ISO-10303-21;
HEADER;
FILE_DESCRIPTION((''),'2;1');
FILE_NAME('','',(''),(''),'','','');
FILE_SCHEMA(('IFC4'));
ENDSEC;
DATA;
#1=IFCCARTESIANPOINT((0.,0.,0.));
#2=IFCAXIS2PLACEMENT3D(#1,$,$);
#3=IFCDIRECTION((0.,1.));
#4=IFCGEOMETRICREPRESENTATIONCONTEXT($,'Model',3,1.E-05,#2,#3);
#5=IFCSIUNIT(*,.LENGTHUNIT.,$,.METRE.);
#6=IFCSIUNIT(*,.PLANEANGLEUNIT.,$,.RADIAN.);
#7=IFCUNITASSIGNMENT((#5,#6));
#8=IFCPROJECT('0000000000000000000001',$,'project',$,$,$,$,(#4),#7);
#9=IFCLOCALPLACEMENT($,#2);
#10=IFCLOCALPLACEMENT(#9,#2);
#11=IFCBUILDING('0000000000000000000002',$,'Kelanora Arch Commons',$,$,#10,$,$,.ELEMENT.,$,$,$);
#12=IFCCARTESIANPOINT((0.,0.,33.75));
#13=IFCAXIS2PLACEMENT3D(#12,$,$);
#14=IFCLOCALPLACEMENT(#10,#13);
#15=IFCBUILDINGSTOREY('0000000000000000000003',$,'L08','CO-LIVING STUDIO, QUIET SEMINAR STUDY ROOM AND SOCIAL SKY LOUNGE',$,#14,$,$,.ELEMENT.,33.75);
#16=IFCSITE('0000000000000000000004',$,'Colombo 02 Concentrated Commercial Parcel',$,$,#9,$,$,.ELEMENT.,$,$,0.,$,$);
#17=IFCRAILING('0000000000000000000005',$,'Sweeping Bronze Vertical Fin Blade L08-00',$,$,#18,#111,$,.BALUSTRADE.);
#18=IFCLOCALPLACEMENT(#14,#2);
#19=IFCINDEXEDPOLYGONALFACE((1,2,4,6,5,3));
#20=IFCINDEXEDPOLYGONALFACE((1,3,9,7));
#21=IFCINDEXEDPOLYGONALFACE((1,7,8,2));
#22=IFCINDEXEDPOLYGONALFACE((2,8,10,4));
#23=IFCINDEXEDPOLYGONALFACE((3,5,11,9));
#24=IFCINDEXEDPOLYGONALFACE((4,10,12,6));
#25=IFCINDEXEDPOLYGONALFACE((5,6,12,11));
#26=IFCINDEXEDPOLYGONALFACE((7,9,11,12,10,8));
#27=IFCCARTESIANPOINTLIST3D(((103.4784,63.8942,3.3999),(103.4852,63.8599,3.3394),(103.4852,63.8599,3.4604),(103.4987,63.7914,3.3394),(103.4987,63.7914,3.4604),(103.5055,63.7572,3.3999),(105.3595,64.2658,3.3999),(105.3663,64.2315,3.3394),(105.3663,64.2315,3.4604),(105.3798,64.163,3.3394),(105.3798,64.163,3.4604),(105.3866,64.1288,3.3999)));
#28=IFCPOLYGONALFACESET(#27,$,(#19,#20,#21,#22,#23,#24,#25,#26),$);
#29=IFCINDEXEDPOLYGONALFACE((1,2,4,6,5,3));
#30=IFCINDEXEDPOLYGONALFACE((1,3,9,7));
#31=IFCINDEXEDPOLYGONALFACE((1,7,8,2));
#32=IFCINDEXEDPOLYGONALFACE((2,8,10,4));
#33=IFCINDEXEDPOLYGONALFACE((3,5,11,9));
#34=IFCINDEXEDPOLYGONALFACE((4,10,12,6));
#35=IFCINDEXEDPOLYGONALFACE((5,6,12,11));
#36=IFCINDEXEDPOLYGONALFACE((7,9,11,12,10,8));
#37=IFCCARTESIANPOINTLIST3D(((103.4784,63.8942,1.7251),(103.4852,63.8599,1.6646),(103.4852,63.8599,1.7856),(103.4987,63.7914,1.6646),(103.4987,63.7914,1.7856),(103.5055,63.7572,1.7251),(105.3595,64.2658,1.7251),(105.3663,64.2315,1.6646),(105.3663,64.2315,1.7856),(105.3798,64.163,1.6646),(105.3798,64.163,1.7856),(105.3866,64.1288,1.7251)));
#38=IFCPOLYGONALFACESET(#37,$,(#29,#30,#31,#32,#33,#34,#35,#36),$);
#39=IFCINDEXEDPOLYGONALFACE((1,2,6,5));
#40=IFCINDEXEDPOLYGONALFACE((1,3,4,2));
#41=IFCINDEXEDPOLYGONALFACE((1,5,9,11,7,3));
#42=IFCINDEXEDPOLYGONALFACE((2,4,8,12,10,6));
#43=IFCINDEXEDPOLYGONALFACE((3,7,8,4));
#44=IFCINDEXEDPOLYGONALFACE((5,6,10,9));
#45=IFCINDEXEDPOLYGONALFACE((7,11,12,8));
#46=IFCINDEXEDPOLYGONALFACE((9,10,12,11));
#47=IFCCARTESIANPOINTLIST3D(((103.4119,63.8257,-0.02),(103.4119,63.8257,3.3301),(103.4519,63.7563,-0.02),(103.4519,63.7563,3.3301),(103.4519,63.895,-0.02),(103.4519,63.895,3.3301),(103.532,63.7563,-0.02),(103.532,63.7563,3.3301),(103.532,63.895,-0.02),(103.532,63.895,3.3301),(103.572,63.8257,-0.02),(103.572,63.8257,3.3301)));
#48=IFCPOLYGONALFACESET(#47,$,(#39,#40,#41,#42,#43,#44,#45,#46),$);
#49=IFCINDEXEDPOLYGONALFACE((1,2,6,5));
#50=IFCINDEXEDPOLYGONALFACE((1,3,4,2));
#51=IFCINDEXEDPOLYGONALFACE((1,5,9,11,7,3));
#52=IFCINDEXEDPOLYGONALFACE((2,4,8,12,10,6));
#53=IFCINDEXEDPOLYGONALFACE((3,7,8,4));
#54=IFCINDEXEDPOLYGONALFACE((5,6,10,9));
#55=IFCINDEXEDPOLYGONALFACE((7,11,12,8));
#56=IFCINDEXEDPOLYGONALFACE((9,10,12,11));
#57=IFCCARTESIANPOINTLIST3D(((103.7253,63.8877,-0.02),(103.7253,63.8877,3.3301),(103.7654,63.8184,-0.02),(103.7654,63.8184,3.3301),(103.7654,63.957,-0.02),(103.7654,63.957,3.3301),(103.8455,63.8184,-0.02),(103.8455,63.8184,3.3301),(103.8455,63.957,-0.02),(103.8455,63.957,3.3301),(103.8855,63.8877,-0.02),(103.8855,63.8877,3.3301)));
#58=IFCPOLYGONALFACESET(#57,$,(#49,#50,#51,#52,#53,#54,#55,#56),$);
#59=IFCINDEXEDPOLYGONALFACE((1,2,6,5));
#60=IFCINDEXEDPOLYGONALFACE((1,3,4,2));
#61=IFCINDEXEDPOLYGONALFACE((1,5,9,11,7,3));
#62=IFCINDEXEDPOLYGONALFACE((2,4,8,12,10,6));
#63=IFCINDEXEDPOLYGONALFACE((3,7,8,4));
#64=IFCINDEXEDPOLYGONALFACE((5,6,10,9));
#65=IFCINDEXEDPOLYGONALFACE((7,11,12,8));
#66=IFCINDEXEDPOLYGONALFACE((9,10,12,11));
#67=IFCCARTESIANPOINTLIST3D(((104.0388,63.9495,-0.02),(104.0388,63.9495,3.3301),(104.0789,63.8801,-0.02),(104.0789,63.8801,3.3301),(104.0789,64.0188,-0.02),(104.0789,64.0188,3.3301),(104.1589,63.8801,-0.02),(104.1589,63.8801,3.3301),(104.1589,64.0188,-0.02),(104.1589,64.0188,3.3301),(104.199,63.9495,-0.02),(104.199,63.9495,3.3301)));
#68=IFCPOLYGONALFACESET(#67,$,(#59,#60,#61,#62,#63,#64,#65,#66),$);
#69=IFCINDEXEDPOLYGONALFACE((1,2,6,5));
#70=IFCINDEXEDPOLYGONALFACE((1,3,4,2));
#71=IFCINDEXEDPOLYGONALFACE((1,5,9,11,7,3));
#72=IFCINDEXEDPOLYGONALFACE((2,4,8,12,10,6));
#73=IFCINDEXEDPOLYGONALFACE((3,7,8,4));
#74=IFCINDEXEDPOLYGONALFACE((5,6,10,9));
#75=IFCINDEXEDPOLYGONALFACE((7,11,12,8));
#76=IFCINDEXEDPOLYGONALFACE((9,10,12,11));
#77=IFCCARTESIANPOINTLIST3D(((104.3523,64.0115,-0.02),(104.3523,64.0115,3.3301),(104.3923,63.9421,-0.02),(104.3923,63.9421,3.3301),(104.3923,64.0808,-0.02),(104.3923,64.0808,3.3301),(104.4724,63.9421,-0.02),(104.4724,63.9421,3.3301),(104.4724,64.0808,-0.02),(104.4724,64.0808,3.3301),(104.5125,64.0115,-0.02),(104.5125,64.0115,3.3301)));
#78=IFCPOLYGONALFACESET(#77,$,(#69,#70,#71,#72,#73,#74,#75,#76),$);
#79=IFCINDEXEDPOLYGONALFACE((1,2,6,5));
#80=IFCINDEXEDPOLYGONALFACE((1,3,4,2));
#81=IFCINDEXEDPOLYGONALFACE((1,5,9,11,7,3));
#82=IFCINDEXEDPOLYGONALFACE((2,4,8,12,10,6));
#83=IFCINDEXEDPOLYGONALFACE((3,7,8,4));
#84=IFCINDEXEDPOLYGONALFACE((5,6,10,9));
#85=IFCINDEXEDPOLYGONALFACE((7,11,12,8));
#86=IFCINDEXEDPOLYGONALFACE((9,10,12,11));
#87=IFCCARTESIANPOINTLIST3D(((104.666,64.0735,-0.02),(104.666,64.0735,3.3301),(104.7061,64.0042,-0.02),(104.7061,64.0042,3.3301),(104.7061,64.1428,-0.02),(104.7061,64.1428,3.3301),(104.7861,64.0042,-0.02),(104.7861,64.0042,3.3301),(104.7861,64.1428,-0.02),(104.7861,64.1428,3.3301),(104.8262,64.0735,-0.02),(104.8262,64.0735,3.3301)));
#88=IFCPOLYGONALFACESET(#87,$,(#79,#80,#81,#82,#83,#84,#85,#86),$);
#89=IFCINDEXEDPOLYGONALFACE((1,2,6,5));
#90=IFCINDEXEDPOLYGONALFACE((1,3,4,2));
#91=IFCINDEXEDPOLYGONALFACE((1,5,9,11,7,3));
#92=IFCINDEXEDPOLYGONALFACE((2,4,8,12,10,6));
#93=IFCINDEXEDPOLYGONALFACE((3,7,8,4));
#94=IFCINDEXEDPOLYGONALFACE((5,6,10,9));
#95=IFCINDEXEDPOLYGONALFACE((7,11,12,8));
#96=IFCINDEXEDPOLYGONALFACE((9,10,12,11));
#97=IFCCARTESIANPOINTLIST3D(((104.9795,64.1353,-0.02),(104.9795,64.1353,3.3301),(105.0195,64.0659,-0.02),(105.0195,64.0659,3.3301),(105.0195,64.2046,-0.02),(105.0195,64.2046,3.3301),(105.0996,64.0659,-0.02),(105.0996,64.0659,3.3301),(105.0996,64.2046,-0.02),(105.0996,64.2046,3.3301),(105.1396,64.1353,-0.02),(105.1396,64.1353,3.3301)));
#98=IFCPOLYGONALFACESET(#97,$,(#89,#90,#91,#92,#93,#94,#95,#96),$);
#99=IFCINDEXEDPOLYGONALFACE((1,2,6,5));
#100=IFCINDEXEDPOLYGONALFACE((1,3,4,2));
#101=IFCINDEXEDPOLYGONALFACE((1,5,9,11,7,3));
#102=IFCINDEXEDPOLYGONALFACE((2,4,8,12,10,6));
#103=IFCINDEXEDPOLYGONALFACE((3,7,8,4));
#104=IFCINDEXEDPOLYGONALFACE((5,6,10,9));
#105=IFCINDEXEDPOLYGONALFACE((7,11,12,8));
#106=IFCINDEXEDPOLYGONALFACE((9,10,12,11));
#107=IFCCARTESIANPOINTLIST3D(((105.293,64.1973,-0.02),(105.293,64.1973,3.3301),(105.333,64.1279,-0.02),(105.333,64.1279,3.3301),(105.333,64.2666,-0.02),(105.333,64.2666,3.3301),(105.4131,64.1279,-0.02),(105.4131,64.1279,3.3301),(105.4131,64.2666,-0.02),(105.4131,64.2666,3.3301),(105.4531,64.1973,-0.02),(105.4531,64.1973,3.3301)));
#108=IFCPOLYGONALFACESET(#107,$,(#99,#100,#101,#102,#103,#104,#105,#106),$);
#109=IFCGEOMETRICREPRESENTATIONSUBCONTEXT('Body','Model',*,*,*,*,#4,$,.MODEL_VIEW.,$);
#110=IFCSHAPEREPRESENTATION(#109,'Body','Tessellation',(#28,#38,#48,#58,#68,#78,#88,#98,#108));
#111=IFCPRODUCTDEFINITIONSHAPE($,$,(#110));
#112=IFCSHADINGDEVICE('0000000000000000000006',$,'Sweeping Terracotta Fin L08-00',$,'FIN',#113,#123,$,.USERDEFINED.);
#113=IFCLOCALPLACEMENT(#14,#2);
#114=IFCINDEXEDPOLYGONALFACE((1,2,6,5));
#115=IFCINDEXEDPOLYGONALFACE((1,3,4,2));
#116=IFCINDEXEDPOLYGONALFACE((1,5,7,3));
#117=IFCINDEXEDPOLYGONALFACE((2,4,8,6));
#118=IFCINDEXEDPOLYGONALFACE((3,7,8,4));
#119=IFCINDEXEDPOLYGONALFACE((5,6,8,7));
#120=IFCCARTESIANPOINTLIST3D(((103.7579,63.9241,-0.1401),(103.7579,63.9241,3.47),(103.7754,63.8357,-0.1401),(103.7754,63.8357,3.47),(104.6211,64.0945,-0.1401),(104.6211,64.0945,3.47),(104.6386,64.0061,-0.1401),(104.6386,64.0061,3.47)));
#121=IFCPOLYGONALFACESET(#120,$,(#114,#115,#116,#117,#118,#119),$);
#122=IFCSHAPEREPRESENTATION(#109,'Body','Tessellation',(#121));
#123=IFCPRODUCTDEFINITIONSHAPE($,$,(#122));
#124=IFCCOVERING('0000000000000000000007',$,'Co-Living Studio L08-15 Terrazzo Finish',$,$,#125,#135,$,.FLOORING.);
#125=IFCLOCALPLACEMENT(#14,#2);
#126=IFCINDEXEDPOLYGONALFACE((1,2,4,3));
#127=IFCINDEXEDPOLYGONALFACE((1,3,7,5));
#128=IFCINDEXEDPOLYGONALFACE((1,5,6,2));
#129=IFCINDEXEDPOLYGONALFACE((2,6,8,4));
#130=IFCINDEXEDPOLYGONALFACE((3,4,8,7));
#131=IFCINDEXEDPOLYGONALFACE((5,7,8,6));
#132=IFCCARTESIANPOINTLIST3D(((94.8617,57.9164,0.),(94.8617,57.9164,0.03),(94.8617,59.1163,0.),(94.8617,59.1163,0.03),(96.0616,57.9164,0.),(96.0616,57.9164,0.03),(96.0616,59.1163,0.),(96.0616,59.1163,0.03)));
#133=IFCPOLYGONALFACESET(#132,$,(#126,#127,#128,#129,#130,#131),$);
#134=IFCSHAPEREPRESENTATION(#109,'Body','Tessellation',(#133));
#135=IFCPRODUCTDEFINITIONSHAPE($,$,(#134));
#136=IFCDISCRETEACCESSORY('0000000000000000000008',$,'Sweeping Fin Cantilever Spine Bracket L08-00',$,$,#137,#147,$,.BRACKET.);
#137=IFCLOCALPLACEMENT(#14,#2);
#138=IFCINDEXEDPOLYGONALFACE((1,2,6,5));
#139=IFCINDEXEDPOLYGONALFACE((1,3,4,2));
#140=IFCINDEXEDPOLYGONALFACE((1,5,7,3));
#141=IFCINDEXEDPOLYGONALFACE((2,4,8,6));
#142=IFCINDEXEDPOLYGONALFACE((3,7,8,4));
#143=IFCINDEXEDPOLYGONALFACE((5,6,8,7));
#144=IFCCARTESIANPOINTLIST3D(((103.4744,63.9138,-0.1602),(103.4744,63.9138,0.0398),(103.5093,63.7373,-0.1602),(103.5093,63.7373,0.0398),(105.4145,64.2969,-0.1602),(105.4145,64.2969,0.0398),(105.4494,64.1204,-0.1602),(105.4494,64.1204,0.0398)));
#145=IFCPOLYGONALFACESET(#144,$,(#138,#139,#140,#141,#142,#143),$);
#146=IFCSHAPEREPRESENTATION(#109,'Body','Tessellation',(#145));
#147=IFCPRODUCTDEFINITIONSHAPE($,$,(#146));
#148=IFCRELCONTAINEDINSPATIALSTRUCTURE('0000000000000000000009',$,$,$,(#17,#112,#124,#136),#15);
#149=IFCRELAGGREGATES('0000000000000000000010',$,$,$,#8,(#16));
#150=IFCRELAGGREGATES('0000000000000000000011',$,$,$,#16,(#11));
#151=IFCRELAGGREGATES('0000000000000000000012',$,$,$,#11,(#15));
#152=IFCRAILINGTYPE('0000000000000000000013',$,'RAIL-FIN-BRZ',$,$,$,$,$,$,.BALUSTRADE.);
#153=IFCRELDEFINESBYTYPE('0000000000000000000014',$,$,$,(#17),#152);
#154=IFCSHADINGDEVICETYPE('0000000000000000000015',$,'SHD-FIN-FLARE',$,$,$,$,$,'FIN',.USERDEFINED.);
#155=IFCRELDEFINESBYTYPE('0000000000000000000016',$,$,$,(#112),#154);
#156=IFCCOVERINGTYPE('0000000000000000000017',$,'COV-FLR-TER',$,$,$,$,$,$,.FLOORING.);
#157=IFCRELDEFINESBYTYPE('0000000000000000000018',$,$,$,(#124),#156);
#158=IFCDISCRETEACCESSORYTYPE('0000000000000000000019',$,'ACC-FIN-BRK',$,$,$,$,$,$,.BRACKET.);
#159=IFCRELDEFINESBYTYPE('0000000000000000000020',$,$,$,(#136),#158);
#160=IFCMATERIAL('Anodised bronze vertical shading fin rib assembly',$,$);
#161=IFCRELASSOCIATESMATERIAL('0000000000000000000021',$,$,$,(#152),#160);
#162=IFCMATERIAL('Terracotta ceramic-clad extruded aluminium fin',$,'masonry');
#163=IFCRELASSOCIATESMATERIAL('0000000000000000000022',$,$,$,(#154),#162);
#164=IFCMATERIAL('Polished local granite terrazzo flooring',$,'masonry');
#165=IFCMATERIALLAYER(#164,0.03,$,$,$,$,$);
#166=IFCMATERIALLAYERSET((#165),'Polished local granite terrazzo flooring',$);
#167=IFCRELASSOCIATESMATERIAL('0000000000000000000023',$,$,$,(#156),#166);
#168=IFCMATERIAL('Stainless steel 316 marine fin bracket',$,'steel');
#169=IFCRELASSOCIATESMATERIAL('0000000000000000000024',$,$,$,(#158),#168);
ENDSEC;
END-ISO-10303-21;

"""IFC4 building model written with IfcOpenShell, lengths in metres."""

from ifc_helpers import new_model, si_unit, direction, frame, origin, origin_2d, place, context, subcontext, project, spatial, polyline, rectangle, outline, extrude, source, transform, mapped, material, layer, layer_set, type_object, element, save


model = new_model("IFC4")

# Units and contexts
model_context = context("Model", 3, precision=1e-05, world=origin(), true_north=direction((0.0, 1.0)))
body_context = subcontext(model_context, "Body", "Model", "MODEL_VIEW")
ifc_project = project(units=[si_unit("LENGTHUNIT", "METRE"), si_unit("PLANEANGLEUNIT", "RADIAN")], contexts=[model_context])

# Site, building, storey
site_placement = place(None, origin())
site = spatial("IfcSite", under=ifc_project, at=site_placement, Name="Colombo 02 Concentrated Commercial Parcel", CompositionType="ELEMENT", RefElevation=0.0)
building_placement = place(site_placement, origin())
building = spatial("IfcBuilding", under=site, at=building_placement, Name="Kelanora Arch Commons", CompositionType="ELEMENT")
storey_placement = place(building_placement, frame((0.0, 0.0, 33.75)))
storey = spatial("IfcBuildingStorey", under=building, at=storey_placement, Name="L08", Description="CO-LIVING STUDIO, QUIET SEMINAR STUDY ROOM AND SOCIAL SKY LOUNGE", CompositionType="ELEMENT", Elevation=33.75)

# Railing
ifc_material_1 = material(Name="Anodised bronze vertical shading fin rib assembly")
railing_type = type_object("IfcRailingType", Name="RAIL-FIN-BRZ", PredefinedType="BALUSTRADE", material=ifc_material_1)
railing_placement = place(storey_placement, frame((103.4919, 63.8257, -0.02)))
element("IfcRailing", 1, at=railing_placement, inside=storey, type_object=railing_type, Name="Sweeping Bronze Vertical Fin Blade L08-00", PredefinedType="BALUSTRADE", context=body_context, shape_type="SweptSolid", body=[
    extrude(outline(polyline([(0.0698, 0.0), (0.0349, 0.0605), (-0.0349, 0.0605), (-0.0698, 0.0), (-0.0349, -0.0605), (0.0349, -0.0605), (0.0698, 0.0)])), frame((0.0, 0.0, 3.4199), z_axis=(0.981043, 0.193789, 0.0), x_axis=(-0.193789, 0.981043, 0.0)), (0.0, 0.0, 1.0), 1.9175),
    extrude(outline(polyline([(0.0698, 0.0), (0.0349, 0.0605), (-0.0349, 0.0605), (-0.0698, 0.0), (-0.0349, -0.0605), (0.0349, -0.0605), (0.0698, 0.0)])), frame((0.0, 0.0, 1.7451), z_axis=(0.981043, 0.193789, 0.0), x_axis=(-0.193789, 0.981043, 0.0)), (0.0, 0.0, 1.0), 1.9175),
    extrude(outline(polyline([(0.0801, 0.0), (0.04, 0.0693), (-0.04, 0.0693), (-0.0801, 0.0), (-0.04, -0.0693), (0.04, -0.0693), (0.0801, 0.0)])), origin(), (0.0, 0.0, 1.0), 3.3501),
    extrude(outline(polyline([(0.0801, 0.0), (0.04, 0.0693), (-0.04, 0.0693), (-0.0801, 0.0), (-0.04, -0.0693), (0.04, -0.0693), (0.0801, 0.0)])), frame((0.3135, 0.062, 0.0)), (0.0, 0.0, 1.0), 3.3501),
    extrude(outline(polyline([(0.0801, 0.0), (0.04, 0.0693), (-0.04, 0.0693), (-0.0801, 0.0), (-0.04, -0.0693), (0.04, -0.0693), (0.0801, 0.0)])), frame((0.627, 0.1238, 0.0)), (0.0, 0.0, 1.0), 3.3501),
    extrude(outline(polyline([(0.0801, 0.0), (0.04, 0.0693), (-0.04, 0.0693), (-0.0801, 0.0), (-0.04, -0.0693), (0.04, -0.0693), (0.0801, 0.0)])), frame((0.9404, 0.1858, 0.0)), (0.0, 0.0, 1.0), 3.3501),
    extrude(outline(polyline([(0.0801, 0.0), (0.04, 0.0693), (-0.04, 0.0693), (-0.0801, 0.0), (-0.04, -0.0693), (0.04, -0.0693), (0.0801, 0.0)])), frame((1.2542, 0.2478, 0.0)), (0.0, 0.0, 1.0), 3.3501),
    extrude(outline(polyline([(0.0801, 0.0), (0.04, 0.0693), (-0.04, 0.0693), (-0.0801, 0.0), (-0.04, -0.0693), (0.04, -0.0693), (0.0801, 0.0)])), frame((1.5676, 0.3096, 0.0)), (0.0, 0.0, 1.0), 3.3501),
    extrude(outline(polyline([(0.0801, 0.0), (0.04, 0.0693), (-0.04, 0.0693), (-0.0801, 0.0), (-0.04, -0.0693), (0.04, -0.0693), (0.0801, 0.0)])), frame((1.8811, 0.3716, 0.0)), (0.0, 0.0, 1.0), 3.3501),
])

# Shading device
ifc_material_2 = material(Name="Terracotta ceramic-clad extruded aluminium fin", Category="masonry")
shading_device_type = type_object("IfcShadingDeviceType", Name="SHD-FIN-FLARE", ElementType="FIN", PredefinedType="USERDEFINED", material=ifc_material_2)
shared_shape_1 = source(origin(), body_context, "Body", "SweptSolid", [
    extrude(rectangle(XDim=0.8799, YDim=0.0901, at=origin_2d()), origin(), (0.0, 0.0, 1.0), 3.6101),
])
shading_device_placement = place(storey_placement, frame((104.1982, 63.9651, -0.1401), z_axis=(0.0, 0.0, 1.0), x_axis=(0.981057, 0.193721, 0.0)))
element("IfcShadingDevice", 2, at=shading_device_placement, inside=storey, type_object=shading_device_type, Name="Sweeping Terracotta Fin L08-00", ObjectType="FIN", PredefinedType="USERDEFINED", context=body_context, shape_type="MappedRepresentation", body=[
    mapped(shared_shape_1, transform((0.0, 0.0, 0.0), scale=1.0)),
])

# Covering
ifc_material_3 = material(Name="Polished local granite terrazzo flooring", Category="masonry")
ifc_layer_1 = layer(ifc_material_3, 0.03)
ifc_layer_set_1 = layer_set([ifc_layer_1], Name="Polished local granite terrazzo flooring")
covering_type = type_object("IfcCoveringType", Name="COV-FLR-TER", PredefinedType="FLOORING", material=ifc_layer_set_1)
shared_shape_2 = source(origin(), body_context, "Body", "SweptSolid", [
    extrude(rectangle(XDim=1.2, YDim=1.2, at=origin_2d()), origin(), (0.0, 0.0, 1.0), 0.03),
])
covering_placement = place(storey_placement, frame((95.4617, 58.5164, 0.0), z_axis=(0.0, 0.0, 1.0), x_axis=(1.0, 0.0, 0.0)))
element("IfcCovering", 3, at=covering_placement, inside=storey, type_object=covering_type, Name="Co-Living Studio L08-15 Terrazzo Finish", PredefinedType="FLOORING", context=body_context, shape_type="MappedRepresentation", body=[
    mapped(shared_shape_2, transform((0.0, 0.0, 0.0), scale=1.0)),
])

# Discrete accessory
ifc_material_4 = material(Name="Stainless steel 316 marine fin bracket", Category="steel")
discrete_accessory_type = type_object("IfcDiscreteAccessoryType", Name="ACC-FIN-BRK", PredefinedType="BRACKET", material=ifc_material_4)
shared_shape_3 = source(origin(), body_context, "Body", "SweptSolid", [
    extrude(rectangle(XDim=1.9775, YDim=0.1799, at=origin_2d()), origin(), (0.0, 0.0, 1.0), 0.2),
])
discrete_accessory_placement = place(storey_placement, frame((104.4619, 64.0171, -0.1602), z_axis=(0.0, 0.0, 1.0), x_axis=(0.981057, 0.193721, 0.0)))
element("IfcDiscreteAccessory", 4, at=discrete_accessory_placement, inside=storey, type_object=discrete_accessory_type, Name="Sweeping Fin Cantilever Spine Bracket L08-00", PredefinedType="BRACKET", context=body_context, shape_type="MappedRepresentation", body=[
    mapped(shared_shape_3, transform((0.0, 0.0, 0.0), scale=1.0)),
])

save(model, "model.ifc")
